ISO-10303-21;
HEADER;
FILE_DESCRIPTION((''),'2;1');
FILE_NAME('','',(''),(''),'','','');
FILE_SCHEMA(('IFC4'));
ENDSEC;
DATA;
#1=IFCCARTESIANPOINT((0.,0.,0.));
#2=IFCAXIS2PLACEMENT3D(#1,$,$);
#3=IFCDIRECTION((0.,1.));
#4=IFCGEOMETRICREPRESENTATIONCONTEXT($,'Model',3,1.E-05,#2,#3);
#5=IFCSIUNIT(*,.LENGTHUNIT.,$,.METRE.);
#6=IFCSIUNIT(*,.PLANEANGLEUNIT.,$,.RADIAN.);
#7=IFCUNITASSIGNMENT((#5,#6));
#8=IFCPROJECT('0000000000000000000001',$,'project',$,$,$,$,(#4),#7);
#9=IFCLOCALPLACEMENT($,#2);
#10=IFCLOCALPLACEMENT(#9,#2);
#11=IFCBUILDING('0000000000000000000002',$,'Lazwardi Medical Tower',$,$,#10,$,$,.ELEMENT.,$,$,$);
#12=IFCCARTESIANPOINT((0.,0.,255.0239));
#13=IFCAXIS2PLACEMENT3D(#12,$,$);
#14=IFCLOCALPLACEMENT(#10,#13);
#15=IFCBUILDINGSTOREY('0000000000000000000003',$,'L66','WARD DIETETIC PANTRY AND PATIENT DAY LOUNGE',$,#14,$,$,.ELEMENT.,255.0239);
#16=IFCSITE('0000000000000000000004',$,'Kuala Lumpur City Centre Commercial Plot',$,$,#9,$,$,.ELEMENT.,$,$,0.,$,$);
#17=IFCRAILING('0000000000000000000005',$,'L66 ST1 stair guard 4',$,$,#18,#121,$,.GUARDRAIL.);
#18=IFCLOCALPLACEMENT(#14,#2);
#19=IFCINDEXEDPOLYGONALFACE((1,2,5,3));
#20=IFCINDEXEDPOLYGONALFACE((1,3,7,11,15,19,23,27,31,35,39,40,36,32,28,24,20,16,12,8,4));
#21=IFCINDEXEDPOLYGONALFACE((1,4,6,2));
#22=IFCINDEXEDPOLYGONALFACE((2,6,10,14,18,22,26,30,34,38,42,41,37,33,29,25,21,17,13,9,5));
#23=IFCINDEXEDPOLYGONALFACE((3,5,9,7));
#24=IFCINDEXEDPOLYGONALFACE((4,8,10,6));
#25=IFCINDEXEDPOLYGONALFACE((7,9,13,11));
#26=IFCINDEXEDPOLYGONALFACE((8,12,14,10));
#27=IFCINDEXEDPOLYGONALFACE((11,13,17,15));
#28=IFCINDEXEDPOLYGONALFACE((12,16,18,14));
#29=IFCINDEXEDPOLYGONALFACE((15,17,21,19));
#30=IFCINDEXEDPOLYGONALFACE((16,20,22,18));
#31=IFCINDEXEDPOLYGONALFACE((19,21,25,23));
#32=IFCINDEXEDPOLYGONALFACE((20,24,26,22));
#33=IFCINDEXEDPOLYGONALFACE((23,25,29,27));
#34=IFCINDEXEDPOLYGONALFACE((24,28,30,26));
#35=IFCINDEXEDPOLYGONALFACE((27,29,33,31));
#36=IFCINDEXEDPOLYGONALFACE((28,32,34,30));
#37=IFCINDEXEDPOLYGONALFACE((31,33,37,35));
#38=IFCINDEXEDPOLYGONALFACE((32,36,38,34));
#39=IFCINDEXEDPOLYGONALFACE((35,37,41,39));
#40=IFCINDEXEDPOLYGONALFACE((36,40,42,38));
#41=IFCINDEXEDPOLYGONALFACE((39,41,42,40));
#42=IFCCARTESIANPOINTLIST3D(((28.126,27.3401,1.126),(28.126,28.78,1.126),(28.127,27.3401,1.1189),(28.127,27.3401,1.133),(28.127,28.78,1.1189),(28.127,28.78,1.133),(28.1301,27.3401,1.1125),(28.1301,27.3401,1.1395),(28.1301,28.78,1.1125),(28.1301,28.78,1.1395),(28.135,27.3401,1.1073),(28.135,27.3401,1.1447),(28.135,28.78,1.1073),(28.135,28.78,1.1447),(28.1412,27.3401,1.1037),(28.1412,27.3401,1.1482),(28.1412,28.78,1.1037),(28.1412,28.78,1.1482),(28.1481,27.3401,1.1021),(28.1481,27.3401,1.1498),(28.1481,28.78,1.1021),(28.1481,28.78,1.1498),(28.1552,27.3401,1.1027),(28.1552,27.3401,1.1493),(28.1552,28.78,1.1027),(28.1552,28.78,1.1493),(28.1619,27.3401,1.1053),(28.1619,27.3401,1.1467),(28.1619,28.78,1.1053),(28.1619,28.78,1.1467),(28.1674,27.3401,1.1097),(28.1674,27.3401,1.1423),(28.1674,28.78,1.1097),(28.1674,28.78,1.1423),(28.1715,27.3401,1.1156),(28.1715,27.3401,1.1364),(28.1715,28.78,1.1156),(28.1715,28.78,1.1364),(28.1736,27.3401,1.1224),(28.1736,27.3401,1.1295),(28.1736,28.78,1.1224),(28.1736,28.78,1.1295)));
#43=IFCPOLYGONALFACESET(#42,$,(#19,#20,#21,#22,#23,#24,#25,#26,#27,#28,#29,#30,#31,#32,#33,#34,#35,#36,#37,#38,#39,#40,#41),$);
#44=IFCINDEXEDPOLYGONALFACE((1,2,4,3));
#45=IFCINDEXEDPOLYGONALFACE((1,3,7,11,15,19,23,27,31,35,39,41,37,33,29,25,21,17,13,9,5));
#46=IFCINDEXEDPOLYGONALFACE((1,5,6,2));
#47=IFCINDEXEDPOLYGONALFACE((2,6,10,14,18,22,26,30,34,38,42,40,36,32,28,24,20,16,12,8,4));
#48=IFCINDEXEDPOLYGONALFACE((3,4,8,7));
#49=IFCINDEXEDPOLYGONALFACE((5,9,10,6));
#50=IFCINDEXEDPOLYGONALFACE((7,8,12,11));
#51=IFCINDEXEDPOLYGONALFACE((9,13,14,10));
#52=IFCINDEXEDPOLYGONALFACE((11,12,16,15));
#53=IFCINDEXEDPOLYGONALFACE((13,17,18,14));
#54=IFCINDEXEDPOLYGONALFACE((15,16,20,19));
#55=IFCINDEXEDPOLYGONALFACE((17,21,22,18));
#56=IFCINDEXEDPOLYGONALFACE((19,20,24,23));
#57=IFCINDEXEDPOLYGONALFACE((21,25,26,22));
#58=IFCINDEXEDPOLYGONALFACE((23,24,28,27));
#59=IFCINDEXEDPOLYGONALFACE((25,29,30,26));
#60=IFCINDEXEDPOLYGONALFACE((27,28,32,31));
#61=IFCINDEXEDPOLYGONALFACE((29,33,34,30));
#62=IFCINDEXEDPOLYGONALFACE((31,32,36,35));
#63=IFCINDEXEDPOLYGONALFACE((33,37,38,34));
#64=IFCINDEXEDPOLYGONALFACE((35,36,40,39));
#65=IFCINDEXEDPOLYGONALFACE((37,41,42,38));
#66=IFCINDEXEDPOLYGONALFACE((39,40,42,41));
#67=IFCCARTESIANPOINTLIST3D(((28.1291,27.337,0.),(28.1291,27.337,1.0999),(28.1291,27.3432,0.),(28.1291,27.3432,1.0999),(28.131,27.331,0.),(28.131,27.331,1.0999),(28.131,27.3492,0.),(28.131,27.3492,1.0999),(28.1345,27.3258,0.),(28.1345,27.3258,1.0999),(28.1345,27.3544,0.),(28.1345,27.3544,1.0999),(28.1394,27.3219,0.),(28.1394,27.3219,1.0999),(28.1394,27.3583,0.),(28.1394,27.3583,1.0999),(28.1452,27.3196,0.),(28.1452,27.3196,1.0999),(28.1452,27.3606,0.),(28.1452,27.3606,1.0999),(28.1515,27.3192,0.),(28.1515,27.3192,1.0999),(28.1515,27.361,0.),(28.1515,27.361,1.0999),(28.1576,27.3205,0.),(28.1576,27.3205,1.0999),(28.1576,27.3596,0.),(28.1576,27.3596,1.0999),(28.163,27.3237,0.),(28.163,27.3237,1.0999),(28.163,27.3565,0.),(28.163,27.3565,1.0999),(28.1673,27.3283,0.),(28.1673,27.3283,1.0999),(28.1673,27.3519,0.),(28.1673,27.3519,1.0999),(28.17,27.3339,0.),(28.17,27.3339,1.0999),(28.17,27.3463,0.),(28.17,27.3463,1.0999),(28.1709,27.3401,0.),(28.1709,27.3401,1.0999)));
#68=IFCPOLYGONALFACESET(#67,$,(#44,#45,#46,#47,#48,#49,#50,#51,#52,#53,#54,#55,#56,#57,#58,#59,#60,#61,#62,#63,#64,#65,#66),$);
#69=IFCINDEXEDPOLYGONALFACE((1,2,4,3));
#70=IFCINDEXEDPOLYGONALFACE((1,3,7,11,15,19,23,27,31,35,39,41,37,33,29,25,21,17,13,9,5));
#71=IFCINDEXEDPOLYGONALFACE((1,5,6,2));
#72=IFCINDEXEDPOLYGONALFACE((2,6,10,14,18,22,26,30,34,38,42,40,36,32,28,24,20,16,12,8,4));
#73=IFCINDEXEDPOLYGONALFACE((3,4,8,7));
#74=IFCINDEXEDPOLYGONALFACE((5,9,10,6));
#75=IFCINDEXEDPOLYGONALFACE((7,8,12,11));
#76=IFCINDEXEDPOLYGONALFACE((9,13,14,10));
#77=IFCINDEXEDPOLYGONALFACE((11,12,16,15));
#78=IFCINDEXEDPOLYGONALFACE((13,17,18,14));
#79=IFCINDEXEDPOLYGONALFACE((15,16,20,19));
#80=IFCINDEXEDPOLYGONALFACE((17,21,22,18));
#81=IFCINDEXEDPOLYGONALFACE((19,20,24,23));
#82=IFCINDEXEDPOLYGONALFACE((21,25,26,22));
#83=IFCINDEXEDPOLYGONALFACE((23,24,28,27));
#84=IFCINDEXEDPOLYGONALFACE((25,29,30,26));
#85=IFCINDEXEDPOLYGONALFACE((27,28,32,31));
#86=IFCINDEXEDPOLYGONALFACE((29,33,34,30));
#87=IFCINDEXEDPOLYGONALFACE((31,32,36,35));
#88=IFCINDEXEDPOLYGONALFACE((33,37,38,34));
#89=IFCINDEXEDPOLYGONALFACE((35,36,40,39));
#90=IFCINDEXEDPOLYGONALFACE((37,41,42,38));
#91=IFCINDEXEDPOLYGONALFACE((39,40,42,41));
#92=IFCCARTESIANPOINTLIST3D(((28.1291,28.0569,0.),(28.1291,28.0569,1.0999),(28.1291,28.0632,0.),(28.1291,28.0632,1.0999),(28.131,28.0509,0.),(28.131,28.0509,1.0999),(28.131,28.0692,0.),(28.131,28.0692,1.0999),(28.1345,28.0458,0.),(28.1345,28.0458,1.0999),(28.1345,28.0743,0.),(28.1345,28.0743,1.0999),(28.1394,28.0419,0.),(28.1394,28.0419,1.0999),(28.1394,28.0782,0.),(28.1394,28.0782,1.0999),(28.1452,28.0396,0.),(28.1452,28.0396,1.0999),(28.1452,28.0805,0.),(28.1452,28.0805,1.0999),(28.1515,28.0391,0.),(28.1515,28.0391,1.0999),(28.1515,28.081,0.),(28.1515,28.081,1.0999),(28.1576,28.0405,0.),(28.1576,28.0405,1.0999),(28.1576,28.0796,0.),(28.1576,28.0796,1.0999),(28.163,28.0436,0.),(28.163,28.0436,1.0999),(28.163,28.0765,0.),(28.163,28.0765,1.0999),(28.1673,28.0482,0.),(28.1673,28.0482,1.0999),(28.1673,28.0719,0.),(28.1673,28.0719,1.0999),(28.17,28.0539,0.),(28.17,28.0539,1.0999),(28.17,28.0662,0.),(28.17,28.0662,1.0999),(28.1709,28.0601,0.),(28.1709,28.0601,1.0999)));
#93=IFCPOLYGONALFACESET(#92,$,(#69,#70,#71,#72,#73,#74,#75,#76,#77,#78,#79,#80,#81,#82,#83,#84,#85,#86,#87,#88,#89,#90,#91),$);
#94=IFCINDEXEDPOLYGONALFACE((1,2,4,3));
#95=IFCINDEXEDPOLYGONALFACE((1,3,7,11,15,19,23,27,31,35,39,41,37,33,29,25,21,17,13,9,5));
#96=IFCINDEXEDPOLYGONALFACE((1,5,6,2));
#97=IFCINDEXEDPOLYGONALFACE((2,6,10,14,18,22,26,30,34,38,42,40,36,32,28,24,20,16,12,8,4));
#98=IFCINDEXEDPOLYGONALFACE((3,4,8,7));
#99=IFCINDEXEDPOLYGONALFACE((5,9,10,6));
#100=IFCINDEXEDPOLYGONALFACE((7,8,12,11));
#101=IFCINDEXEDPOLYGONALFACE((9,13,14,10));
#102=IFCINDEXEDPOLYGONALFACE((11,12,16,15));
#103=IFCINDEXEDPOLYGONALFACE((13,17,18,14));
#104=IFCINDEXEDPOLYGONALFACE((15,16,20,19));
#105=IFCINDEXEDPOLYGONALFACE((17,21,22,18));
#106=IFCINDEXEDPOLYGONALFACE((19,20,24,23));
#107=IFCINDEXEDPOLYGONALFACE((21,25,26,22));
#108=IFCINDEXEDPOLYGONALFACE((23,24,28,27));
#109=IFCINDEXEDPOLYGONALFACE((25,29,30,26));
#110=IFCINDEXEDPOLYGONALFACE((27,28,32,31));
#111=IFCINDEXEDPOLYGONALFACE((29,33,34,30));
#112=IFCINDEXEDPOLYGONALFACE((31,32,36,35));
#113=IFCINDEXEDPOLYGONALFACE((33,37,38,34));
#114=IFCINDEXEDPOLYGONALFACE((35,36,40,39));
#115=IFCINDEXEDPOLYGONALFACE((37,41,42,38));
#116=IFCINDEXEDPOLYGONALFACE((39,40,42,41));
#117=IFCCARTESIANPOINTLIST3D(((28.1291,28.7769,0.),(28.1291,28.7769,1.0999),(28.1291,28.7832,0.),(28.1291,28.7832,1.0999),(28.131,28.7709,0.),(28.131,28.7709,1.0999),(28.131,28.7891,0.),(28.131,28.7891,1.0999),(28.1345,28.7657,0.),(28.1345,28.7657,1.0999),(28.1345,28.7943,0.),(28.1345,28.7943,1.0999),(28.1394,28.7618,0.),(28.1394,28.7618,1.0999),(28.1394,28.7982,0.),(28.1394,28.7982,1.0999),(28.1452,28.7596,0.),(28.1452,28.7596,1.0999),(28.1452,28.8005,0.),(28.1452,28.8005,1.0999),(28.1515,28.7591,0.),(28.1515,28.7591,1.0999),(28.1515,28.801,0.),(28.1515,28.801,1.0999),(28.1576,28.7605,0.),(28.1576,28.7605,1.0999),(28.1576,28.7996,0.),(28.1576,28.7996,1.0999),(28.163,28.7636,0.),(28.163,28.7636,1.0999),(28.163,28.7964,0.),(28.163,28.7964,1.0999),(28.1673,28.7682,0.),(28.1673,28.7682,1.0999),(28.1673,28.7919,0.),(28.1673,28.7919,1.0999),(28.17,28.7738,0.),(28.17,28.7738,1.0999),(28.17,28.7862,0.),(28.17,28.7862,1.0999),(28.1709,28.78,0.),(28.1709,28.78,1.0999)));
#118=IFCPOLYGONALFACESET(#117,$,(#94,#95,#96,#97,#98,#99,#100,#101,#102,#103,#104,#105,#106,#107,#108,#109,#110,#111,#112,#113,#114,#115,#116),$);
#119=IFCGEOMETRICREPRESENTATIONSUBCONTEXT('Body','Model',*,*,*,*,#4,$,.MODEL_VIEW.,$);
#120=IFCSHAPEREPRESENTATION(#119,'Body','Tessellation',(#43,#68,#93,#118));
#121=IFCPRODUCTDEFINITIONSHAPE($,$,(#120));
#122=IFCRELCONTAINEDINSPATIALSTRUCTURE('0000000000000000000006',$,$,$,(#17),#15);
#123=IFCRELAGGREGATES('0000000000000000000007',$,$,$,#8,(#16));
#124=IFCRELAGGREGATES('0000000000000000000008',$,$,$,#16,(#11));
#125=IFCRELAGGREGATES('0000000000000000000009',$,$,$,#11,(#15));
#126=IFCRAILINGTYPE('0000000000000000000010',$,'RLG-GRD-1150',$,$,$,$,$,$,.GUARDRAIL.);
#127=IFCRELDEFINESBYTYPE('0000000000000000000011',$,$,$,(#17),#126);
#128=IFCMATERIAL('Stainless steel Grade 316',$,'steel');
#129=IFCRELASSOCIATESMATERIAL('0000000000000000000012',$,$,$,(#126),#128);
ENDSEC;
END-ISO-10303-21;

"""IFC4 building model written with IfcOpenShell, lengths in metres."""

from ifc_helpers import new_model, si_unit, direction, frame, origin, origin_2d, place, context, subcontext, project, spatial, circle, extrude, material, type_object, element, save


model = new_model("IFC4")

# Units and contexts
model_context = context("Model", 3, precision=1e-05, world=origin(), true_north=direction((0.0, 1.0)))
body_context = subcontext(model_context, "Body", "Model", "MODEL_VIEW")
ifc_project = project(units=[si_unit("LENGTHUNIT", "METRE"), si_unit("PLANEANGLEUNIT", "RADIAN")], contexts=[model_context])

# Site, building, storey
site_placement = place(None, origin())
site = spatial("IfcSite", under=ifc_project, at=site_placement, Name="Kuala Lumpur City Centre Commercial Plot", CompositionType="ELEMENT", RefElevation=0.0)
building_placement = place(site_placement, origin())
building = spatial("IfcBuilding", under=site, at=building_placement, Name="Lazwardi Medical Tower", CompositionType="ELEMENT")
storey_placement = place(building_placement, frame((0.0, 0.0, 255.0239)))
storey = spatial("IfcBuildingStorey", under=building, at=storey_placement, Name="L66", Description="WARD DIETETIC PANTRY AND PATIENT DAY LOUNGE", CompositionType="ELEMENT", Elevation=255.0239)

# Railing
ifc_material_1 = material(Name="Stainless steel Grade 316", Category="steel")
railing_type_1 = type_object("IfcRailingType", Name="RLG-GRD-1150", PredefinedType="GUARDRAIL", material=ifc_material_1)
railing_1_placement = place(storey_placement, frame((28.1499, 27.3401, 0.0)))
element("IfcRailing", 1, at=railing_1_placement, inside=storey, type_object=railing_type_1, Name="L66 ST1 stair guard 4", PredefinedType="GUARDRAIL", context=body_context, shape_type="SweptSolid", body=[
    extrude(circle(Radius=0.0239, at=origin_2d()), frame((0.0, 0.0, 1.126), z_axis=(0.0, 1.0, 0.0), x_axis=(-1.0, 0.0, 0.0)), (0.0, 0.0, 1.0), 1.4399),
    extrude(circle(Radius=0.021, at=origin_2d()), origin(), (0.0, 0.0, 1.0), 1.0999),
    extrude(circle(Radius=0.021, at=origin_2d()), frame((0.0, 0.72, 0.0)), (0.0, 0.0, 1.0), 1.0999),
    extrude(circle(Radius=0.021, at=origin_2d()), frame((0.0, 1.4399, 0.0)), (0.0, 0.0, 1.0), 1.0999),
])

save(model, "model.ifc")
